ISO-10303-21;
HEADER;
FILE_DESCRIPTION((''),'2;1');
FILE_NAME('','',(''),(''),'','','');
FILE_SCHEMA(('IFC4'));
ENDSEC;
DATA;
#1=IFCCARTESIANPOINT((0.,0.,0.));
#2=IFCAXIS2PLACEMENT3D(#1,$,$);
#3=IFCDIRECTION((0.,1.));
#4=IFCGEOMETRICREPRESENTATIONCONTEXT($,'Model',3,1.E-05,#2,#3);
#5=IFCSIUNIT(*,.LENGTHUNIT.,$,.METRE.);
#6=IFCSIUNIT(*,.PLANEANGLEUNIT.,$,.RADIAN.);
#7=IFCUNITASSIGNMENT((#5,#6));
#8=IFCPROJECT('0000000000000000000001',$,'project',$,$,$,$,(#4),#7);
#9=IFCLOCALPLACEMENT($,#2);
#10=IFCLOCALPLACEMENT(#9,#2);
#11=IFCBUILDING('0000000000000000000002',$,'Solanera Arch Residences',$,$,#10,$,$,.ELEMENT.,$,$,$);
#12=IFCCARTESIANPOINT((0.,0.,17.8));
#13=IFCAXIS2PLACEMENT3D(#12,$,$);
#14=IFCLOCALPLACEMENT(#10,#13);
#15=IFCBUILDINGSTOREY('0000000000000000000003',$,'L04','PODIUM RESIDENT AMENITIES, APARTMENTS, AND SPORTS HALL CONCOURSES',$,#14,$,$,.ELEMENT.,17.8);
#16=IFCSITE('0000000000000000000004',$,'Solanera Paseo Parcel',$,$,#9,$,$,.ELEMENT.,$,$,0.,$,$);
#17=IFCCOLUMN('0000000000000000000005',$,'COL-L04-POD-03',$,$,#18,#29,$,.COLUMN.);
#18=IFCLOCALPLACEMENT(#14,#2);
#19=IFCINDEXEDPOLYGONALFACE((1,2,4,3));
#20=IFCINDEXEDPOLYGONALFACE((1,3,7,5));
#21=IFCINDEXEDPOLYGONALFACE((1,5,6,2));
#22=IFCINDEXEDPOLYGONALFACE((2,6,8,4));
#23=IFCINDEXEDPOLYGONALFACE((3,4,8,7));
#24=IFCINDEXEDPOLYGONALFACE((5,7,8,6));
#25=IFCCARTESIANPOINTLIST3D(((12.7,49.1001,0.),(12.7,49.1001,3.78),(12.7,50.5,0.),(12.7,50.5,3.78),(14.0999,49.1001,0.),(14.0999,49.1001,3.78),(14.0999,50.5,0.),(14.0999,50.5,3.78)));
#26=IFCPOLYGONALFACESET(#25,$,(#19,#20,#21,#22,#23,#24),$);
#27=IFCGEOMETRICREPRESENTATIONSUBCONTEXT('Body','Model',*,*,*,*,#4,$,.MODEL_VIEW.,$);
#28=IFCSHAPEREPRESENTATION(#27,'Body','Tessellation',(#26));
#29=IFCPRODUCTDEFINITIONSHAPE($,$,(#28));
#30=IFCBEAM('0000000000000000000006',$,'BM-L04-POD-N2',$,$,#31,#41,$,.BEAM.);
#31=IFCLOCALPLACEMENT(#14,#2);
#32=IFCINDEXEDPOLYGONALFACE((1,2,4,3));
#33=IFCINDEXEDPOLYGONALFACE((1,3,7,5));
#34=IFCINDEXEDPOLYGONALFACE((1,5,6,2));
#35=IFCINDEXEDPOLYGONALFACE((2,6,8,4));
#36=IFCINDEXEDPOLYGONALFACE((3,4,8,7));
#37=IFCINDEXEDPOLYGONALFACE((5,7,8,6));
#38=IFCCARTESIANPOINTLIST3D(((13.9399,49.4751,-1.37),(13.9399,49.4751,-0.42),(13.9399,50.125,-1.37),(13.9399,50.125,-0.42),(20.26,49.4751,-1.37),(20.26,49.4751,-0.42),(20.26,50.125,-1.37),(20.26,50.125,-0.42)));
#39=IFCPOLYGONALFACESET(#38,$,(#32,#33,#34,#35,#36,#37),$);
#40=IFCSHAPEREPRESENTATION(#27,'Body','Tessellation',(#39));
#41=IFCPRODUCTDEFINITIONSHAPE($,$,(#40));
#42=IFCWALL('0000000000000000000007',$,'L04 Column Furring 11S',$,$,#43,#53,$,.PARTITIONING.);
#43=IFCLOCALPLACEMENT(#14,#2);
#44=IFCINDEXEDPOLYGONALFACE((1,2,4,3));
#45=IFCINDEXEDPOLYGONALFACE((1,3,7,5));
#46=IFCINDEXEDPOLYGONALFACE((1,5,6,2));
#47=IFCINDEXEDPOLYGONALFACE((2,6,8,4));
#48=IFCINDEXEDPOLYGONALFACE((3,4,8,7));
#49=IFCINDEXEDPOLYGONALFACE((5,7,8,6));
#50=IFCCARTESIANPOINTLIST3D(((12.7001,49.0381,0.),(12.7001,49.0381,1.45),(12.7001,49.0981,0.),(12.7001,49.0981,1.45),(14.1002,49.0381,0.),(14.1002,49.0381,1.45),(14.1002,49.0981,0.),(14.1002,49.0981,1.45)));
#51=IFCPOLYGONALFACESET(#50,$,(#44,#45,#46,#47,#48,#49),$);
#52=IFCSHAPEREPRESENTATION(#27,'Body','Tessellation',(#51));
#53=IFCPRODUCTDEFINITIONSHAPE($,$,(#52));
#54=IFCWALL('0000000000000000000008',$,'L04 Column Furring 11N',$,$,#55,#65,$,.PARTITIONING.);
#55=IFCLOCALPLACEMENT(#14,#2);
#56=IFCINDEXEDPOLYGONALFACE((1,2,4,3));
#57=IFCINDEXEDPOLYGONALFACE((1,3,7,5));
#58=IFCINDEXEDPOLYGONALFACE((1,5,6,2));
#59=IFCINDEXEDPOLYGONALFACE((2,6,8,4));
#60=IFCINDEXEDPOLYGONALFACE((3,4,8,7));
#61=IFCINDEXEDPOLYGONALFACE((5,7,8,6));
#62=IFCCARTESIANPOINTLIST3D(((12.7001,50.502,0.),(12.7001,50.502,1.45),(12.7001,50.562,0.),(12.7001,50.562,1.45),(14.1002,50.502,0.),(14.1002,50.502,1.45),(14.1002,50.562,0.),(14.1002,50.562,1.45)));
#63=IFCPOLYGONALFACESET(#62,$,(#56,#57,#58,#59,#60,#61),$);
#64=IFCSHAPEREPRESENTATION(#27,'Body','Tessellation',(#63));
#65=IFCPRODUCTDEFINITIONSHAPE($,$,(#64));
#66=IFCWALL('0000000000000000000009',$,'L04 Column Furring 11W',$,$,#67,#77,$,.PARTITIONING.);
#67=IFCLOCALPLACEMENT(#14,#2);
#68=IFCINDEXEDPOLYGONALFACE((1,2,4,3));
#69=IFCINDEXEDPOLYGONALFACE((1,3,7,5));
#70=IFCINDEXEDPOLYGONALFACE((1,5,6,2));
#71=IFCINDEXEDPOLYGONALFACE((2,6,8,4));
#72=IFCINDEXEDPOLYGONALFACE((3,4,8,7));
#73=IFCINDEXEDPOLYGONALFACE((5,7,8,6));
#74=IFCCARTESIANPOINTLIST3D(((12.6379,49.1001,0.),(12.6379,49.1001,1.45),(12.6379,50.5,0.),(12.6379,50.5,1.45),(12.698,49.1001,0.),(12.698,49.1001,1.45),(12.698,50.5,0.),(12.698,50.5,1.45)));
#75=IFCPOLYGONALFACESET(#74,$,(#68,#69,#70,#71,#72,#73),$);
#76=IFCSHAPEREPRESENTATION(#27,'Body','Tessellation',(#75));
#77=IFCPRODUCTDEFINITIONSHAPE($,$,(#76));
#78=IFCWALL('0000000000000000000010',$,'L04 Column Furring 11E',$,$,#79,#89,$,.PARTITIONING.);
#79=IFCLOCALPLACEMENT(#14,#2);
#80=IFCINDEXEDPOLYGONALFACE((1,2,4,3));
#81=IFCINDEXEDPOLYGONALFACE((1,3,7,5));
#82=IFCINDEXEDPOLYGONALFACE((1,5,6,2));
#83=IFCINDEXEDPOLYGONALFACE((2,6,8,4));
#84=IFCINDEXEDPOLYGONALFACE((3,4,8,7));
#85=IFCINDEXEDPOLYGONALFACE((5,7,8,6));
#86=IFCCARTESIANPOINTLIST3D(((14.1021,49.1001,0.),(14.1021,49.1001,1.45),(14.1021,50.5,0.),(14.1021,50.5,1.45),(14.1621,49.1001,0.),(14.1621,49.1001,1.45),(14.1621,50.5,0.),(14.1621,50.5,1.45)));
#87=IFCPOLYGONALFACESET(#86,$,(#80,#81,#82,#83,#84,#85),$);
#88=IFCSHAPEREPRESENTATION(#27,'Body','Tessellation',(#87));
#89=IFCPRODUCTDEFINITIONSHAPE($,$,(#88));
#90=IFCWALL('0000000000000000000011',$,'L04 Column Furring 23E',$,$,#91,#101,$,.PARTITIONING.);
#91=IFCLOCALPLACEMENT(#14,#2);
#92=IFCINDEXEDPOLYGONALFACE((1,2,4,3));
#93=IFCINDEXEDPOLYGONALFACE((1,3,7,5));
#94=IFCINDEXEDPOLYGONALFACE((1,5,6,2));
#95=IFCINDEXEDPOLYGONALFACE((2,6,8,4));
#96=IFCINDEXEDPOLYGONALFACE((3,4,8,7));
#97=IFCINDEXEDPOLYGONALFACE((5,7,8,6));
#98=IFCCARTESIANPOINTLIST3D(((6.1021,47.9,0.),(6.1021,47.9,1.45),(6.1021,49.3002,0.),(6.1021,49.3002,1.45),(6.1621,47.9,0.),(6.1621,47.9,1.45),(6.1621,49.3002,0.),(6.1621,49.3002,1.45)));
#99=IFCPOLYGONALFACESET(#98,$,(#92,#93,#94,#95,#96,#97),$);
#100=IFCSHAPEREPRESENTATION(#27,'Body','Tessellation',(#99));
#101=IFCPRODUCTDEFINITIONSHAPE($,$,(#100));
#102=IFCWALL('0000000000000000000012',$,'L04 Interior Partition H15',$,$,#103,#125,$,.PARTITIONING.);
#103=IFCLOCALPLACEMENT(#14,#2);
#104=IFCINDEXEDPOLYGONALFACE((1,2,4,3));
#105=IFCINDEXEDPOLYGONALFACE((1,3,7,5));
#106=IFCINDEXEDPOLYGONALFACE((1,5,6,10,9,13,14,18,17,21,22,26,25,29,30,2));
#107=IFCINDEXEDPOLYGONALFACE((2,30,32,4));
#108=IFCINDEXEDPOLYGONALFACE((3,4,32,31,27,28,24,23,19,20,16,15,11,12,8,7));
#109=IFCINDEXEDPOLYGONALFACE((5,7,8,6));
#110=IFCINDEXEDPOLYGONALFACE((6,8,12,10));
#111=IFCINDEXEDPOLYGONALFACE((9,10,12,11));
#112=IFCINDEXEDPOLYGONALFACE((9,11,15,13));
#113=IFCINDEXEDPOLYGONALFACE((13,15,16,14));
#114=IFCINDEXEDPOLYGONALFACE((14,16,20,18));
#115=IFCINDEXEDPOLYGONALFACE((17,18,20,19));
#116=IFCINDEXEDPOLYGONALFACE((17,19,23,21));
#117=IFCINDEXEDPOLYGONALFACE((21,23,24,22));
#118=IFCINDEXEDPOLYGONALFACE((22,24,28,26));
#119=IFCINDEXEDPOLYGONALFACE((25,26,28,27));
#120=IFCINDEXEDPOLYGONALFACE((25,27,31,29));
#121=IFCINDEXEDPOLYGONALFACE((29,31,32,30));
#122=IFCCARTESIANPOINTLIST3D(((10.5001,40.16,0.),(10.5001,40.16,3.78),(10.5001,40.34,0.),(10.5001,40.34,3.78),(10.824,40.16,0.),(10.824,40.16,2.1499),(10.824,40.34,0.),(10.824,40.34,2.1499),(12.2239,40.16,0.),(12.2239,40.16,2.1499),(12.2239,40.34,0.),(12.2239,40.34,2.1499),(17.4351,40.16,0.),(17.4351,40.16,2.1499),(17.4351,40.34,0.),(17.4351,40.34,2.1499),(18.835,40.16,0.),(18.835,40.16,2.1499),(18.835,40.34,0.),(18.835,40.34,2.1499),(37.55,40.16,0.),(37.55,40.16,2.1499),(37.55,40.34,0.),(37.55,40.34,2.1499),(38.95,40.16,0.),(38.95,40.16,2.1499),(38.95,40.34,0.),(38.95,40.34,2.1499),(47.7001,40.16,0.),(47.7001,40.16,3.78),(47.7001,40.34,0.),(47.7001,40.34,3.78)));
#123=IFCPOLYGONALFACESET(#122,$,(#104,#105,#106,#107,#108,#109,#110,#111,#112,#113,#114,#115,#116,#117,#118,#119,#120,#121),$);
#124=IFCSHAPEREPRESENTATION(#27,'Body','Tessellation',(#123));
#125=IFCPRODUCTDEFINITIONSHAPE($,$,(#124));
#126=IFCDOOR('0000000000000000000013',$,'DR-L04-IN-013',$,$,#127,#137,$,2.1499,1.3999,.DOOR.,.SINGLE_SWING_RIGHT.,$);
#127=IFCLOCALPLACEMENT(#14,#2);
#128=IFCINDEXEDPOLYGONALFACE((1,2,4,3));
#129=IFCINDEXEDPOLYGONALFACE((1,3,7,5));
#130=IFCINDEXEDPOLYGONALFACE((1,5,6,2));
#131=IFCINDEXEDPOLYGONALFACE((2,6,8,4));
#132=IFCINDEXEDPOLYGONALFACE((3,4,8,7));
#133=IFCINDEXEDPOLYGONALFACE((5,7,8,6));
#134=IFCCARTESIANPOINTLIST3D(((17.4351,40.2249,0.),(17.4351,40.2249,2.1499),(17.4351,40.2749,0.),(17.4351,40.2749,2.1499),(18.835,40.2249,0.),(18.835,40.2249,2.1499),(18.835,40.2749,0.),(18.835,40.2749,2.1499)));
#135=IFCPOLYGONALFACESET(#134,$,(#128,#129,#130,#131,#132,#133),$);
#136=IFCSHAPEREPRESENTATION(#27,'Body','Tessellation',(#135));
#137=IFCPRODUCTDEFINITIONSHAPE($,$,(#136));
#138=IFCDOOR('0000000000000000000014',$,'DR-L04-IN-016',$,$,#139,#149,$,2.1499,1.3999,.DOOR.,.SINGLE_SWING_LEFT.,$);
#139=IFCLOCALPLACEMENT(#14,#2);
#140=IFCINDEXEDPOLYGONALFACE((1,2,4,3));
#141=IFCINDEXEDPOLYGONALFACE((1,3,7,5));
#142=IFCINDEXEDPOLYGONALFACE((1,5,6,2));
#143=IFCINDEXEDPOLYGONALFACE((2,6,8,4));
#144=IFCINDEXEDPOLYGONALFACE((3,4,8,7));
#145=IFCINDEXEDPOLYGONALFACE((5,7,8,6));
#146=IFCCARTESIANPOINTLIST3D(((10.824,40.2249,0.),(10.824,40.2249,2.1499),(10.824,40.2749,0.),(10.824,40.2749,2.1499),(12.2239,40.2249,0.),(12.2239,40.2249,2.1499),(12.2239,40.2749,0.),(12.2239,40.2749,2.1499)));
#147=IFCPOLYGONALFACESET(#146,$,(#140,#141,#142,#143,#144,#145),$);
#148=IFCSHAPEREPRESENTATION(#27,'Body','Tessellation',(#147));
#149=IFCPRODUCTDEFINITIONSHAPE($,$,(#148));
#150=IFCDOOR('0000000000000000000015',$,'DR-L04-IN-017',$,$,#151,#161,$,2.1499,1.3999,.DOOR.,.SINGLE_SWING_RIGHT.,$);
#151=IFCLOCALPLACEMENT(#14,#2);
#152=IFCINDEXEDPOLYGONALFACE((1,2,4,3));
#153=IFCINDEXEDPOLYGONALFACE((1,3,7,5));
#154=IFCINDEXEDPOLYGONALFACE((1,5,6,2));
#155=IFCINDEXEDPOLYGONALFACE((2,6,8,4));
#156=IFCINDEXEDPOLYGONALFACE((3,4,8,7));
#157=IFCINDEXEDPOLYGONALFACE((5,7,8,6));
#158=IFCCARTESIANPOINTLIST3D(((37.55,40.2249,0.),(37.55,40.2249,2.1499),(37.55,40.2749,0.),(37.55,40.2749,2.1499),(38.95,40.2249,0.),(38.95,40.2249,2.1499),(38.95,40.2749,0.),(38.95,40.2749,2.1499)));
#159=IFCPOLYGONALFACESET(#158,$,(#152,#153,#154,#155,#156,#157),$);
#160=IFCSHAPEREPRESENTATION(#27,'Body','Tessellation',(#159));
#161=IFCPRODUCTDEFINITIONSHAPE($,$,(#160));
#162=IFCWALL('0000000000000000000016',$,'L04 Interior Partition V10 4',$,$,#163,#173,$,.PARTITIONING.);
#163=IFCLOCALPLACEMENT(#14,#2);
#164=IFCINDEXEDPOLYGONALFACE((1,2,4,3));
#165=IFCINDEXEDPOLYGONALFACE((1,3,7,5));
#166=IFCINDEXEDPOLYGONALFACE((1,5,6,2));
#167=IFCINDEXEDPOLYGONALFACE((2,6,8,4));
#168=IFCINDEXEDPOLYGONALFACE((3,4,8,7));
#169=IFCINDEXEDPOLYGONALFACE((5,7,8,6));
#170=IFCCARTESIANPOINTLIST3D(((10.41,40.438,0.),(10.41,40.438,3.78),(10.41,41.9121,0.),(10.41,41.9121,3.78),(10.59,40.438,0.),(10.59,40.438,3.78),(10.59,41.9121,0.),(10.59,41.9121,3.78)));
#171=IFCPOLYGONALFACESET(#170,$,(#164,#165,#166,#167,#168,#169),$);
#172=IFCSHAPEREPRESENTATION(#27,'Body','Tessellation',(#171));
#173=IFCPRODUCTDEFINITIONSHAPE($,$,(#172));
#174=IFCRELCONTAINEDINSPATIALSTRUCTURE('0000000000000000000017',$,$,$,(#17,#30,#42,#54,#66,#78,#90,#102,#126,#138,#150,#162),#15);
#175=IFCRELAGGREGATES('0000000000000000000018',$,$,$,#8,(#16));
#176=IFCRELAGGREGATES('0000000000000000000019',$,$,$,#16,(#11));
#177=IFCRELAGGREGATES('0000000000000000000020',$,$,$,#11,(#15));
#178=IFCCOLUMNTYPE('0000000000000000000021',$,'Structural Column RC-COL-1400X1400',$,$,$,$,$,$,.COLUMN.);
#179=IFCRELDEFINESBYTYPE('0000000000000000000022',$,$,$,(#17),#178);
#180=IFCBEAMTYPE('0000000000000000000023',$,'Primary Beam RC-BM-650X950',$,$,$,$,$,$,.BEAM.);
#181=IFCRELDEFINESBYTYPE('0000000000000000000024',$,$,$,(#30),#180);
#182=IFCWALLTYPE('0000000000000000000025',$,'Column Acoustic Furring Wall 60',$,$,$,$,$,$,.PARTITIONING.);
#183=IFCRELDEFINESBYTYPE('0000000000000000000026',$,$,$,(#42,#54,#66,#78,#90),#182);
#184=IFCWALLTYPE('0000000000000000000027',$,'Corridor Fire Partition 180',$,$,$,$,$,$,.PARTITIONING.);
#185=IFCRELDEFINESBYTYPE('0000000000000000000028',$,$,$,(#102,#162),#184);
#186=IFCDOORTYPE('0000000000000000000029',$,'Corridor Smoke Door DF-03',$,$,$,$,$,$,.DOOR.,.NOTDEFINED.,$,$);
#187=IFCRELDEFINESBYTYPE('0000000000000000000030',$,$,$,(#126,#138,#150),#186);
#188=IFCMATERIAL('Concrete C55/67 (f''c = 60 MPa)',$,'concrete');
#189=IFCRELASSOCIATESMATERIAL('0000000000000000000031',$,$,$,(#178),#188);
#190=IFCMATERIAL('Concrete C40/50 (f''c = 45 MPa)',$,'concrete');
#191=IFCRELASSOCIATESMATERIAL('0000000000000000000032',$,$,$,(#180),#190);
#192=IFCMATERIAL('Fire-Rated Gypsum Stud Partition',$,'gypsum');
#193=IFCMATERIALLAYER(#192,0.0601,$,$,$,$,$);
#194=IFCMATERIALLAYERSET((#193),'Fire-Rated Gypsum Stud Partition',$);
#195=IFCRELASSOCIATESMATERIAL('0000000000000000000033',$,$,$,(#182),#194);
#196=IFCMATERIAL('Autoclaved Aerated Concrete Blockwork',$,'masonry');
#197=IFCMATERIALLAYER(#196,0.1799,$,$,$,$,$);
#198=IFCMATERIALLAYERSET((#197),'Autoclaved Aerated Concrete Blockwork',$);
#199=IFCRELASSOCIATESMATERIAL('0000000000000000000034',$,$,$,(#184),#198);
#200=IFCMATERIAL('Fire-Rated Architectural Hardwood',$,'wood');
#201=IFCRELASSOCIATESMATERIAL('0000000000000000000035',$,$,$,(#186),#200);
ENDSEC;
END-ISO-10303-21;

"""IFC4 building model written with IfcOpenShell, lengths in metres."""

from ifc_helpers import new_model, si_unit, direction, frame, frame_2d, origin, origin_2d, place, context, subcontext, project, spatial, rectangle, extrude, material, layer, layer_set, material_profile, profile_set, type_object, element, fill, save


model = new_model("IFC4")

# Units and contexts
model_context = context("Model", 3, precision=1e-05, world=origin(), true_north=direction((0.0, 1.0)))
body_context = subcontext(model_context, "Body", "Model", "MODEL_VIEW")
ifc_project = project(units=[si_unit("LENGTHUNIT", "METRE"), si_unit("PLANEANGLEUNIT", "RADIAN")], contexts=[model_context])

# Site, building, storey
site_placement = place(None, origin())
site = spatial("IfcSite", under=ifc_project, at=site_placement, Name="Solanera Paseo Parcel", CompositionType="ELEMENT", RefElevation=0.0)
building_placement = place(site_placement, origin())
building = spatial("IfcBuilding", under=site, at=building_placement, Name="Solanera Arch Residences", CompositionType="ELEMENT")
storey_placement = place(building_placement, frame((0.0, 0.0, 17.8)))
storey = spatial("IfcBuildingStorey", under=building, at=storey_placement, Name="L04", Description="PODIUM RESIDENT AMENITIES, APARTMENTS, AND SPORTS HALL CONCOURSES", CompositionType="ELEMENT", Elevation=17.8)

# Column
ifc_material_1 = material(Name="Concrete C55/67 (f'c = 60 MPa)", Category="concrete")
ifc_material_profile_1 = material_profile(ifc_material_1, rectangle(XDim=1.3999, YDim=1.3999, at=origin_2d()))
ifc_profile_set_1 = profile_set([ifc_material_profile_1], Name="Concrete C55/67 (f'c = 60 MPa)")
column_type = type_object("IfcColumnType", Name="Structural Column RC-COL-1400X1400", PredefinedType="COLUMN", material=ifc_profile_set_1)
column_placement = place(storey_placement, frame((13.3999, 49.8, 0.0), z_axis=(0.0, 0.0, 1.0), x_axis=(1.0, 0.0, 0.0)))
element("IfcColumn", 1, at=column_placement, inside=storey, type_object=column_type, Name="COL-L04-POD-03", PredefinedType="COLUMN", context=body_context, shape_type="SweptSolid", body=[
    extrude(rectangle(XDim=1.3999, YDim=1.3999, at=origin_2d()), origin(), (0.0, 0.0, 1.0), 3.78),
])

# Beam
ifc_material_2 = material(Name="Concrete C40/50 (f'c = 45 MPa)", Category="concrete")
ifc_material_profile_2 = material_profile(ifc_material_2, rectangle(XDim=0.6499, YDim=0.95, at=origin_2d()))
ifc_profile_set_2 = profile_set([ifc_material_profile_2], Name="Concrete C40/50 (f'c = 45 MPa)")
beam_type = type_object("IfcBeamType", Name="Primary Beam RC-BM-650X950", PredefinedType="BEAM", material=ifc_profile_set_2)
beam_placement = place(storey_placement, frame((13.9399, 49.8, -0.895), z_axis=(1.0, 0.0, 0.0), x_axis=(0.0, 1.0, 0.0)))
element("IfcBeam", 2, at=beam_placement, inside=storey, type_object=beam_type, Name="BM-L04-POD-N2", PredefinedType="BEAM", context=body_context, shape_type="SweptSolid", body=[
    extrude(rectangle(XDim=0.6499, YDim=0.95, at=origin_2d()), origin(), (0.0, 0.0, 1.0), 6.3201),
])

# Walls
ifc_material_3 = material(Name="Fire-Rated Gypsum Stud Partition", Category="gypsum")
ifc_layer_1 = layer(ifc_material_3, 0.0601)
ifc_layer_set_1 = layer_set([ifc_layer_1], Name="Fire-Rated Gypsum Stud Partition")
wall_type_1 = type_object("IfcWallType", Name="Column Acoustic Furring Wall 60", PredefinedType="PARTITIONING", material=ifc_layer_set_1)
for number, where, z_axis, x_axis, name in (
    (3, (12.7, 49.0681, 0.0), (0.0, 0.0, 1.0), (1.0, 0.0, 0.0), "L04 Column Furring 11S"),
    (4, (12.7, 50.532, 0.0), (0.0, 0.0, 1.0), (1.0, 0.0, 0.0), "L04 Column Furring 11N"),
):
    element("IfcWall", number, at=place(storey_placement, frame(where, z_axis=z_axis, x_axis=x_axis)), inside=storey, type_object=wall_type_1, Name=name, PredefinedType="PARTITIONING", context=body_context, shape_type="SweptSolid", body=[
        extrude(rectangle(XDim=1.4001, YDim=0.0601, at=frame_2d((0.7002, 0.0))), origin(), (0.0, 0.0, 1.0), 1.45),
    ])
for number, where, z_axis, x_axis, name in (
    (5, (12.668, 49.1001, 0.0), (0.0, 0.0, 1.0), (0.0, 1.0, 0.0), "L04 Column Furring 11W"),
    (6, (14.1321, 49.1001, 0.0), (0.0, 0.0, 1.0), (0.0, 1.0, 0.0), "L04 Column Furring 11E"),
):
    element("IfcWall", number, at=place(storey_placement, frame(where, z_axis=z_axis, x_axis=x_axis)), inside=storey, type_object=wall_type_1, Name=name, PredefinedType="PARTITIONING", context=body_context, shape_type="SweptSolid", body=[
        extrude(rectangle(XDim=1.3999, YDim=0.0601, at=frame_2d((0.7, 0.0))), origin(), (0.0, 0.0, 1.0), 1.45),
    ])
wall_1_placement = place(storey_placement, frame((6.1321, 47.8999, 0.0), z_axis=(0.0, 0.0, 1.0), x_axis=(0.0, 1.0, 0.0)))
element("IfcWall", 7, at=wall_1_placement, inside=storey, type_object=wall_type_1, Name="L04 Column Furring 23E", PredefinedType="PARTITIONING", context=body_context, shape_type="SweptSolid", body=[
    extrude(rectangle(XDim=1.4001, YDim=0.0601, at=frame_2d((0.7002, 0.0))), origin(), (0.0, 0.0, 1.0), 1.45),
])

# Wall, openings, doors
ifc_material_4 = material(Name="Autoclaved Aerated Concrete Blockwork", Category="masonry")
ifc_layer_2 = layer(ifc_material_4, 0.1799)
ifc_layer_set_2 = layer_set([ifc_layer_2], Name="Autoclaved Aerated Concrete Blockwork")
wall_type_2 = type_object("IfcWallType", Name="Corridor Fire Partition 180", PredefinedType="PARTITIONING", material=ifc_layer_set_2)
wall_2_placement = place(storey_placement, frame((10.5, 40.25, 0.0), z_axis=(0.0, 0.0, 1.0), x_axis=(1.0, 0.0, 0.0)))
wall_2 = element("IfcWall", 8, at=wall_2_placement, inside=storey, type_object=wall_type_2, Name="L04 Interior Partition H15", PredefinedType="PARTITIONING", context=body_context, shape_type="SweptSolid", body=[
    extrude(rectangle(XDim=37.2, YDim=0.1799, at=frame_2d((18.6001, 0.0))), origin(), (0.0, 0.0, 1.0), 3.78),
])
opening_1_placement = place(wall_2_placement, frame((6.9351, 0.0, 0.0)))
opening_1 = element("IfcOpeningElement", 9, at=opening_1_placement, cuts=wall_2, PredefinedType="OPENING", context=body_context, shape_type="SweptSolid", body=[
    extrude(rectangle(XDim=1.3999, YDim=2.1499, at=frame_2d((0.7, 1.075))), frame((0.0, 0.1001, 0.0), z_axis=(0.0, -1.0, 0.0), x_axis=(1.0, 0.0, 0.0)), (0.0, 0.0, 1.0), 0.1999),
])
opening_2_placement = place(wall_2_placement, frame((0.324, 0.0, 0.0)))
opening_2 = element("IfcOpeningElement", 10, at=opening_2_placement, cuts=wall_2, PredefinedType="OPENING", context=body_context, shape_type="SweptSolid", body=[
    extrude(rectangle(XDim=1.3999, YDim=2.1499, at=frame_2d((0.7, 1.075))), frame((0.0, 0.1001, 0.0), z_axis=(0.0, -1.0, 0.0), x_axis=(1.0, 0.0, 0.0)), (0.0, 0.0, 1.0), 0.1999),
])
opening_3_placement = place(wall_2_placement, frame((27.05, 0.0, 0.0)))
opening_3 = element("IfcOpeningElement", 11, at=opening_3_placement, cuts=wall_2, PredefinedType="OPENING", context=body_context, shape_type="SweptSolid", body=[
    extrude(rectangle(XDim=1.3999, YDim=2.1499, at=frame_2d((0.7, 1.075))), frame((0.0, 0.1001, 0.0), z_axis=(0.0, -1.0, 0.0), x_axis=(1.0, 0.0, 0.0)), (0.0, 0.0, 1.0), 0.1999),
])
ifc_material_5 = material(Name="Fire-Rated Architectural Hardwood", Category="wood")
door_type = type_object("IfcDoorType", Name="Corridor Smoke Door DF-03", OperationType="NOTDEFINED", PredefinedType="DOOR", material=ifc_material_5)
door_1_placement = place(opening_1_placement, origin())
door_1 = element("IfcDoor", 12, at=door_1_placement, inside=storey, type_object=door_type, Name="DR-L04-IN-013", OperationType="SINGLE_SWING_RIGHT", OverallHeight=2.1499, OverallWidth=1.3999, PredefinedType="DOOR", context=body_context, shape_type="SweptSolid", body=[
    extrude(rectangle(XDim=1.3999, YDim=2.1499, at=frame_2d((0.7, 1.075))), frame((0.0, 0.0249, 0.0), z_axis=(0.0, -1.0, 0.0), x_axis=(1.0, 0.0, 0.0)), (0.0, 0.0, 1.0), 0.05),
])
fill(opening_1, door_1)
door_2_placement = place(opening_2_placement, origin())
door_2 = element("IfcDoor", 13, at=door_2_placement, inside=storey, type_object=door_type, Name="DR-L04-IN-016", OperationType="SINGLE_SWING_LEFT", OverallHeight=2.1499, OverallWidth=1.3999, PredefinedType="DOOR", context=body_context, shape_type="SweptSolid", body=[
    extrude(rectangle(XDim=1.3999, YDim=2.1499, at=frame_2d((0.7, 1.075))), frame((0.0, 0.0249, 0.0), z_axis=(0.0, -1.0, 0.0), x_axis=(1.0, 0.0, 0.0)), (0.0, 0.0, 1.0), 0.05),
])
fill(opening_2, door_2)
door_3_placement = place(opening_3_placement, origin())
door_3 = element("IfcDoor", 14, at=door_3_placement, inside=storey, type_object=door_type, Name="DR-L04-IN-017", OperationType="SINGLE_SWING_RIGHT", OverallHeight=2.1499, OverallWidth=1.3999, PredefinedType="DOOR", context=body_context, shape_type="SweptSolid", body=[
    extrude(rectangle(XDim=1.3999, YDim=2.1499, at=frame_2d((0.7, 1.075))), frame((0.0, 0.0249, 0.0), z_axis=(0.0, -1.0, 0.0), x_axis=(1.0, 0.0, 0.0)), (0.0, 0.0, 1.0), 0.05),
])
fill(opening_3, door_3)

# Wall
wall_3_placement = place(storey_placement, frame((10.5, 40.438, 0.0), z_axis=(0.0, 0.0, 1.0), x_axis=(0.0, 1.0, 0.0)))
element("IfcWall", 15, at=wall_3_placement, inside=storey, type_object=wall_type_2, Name="L04 Interior Partition V10 4", PredefinedType="PARTITIONING", context=body_context, shape_type="SweptSolid", body=[
    extrude(rectangle(XDim=1.4741, YDim=0.1799, at=frame_2d((0.7371, 0.0))), origin(), (0.0, 0.0, 1.0), 3.78),
])

save(model, "model.ifc")
